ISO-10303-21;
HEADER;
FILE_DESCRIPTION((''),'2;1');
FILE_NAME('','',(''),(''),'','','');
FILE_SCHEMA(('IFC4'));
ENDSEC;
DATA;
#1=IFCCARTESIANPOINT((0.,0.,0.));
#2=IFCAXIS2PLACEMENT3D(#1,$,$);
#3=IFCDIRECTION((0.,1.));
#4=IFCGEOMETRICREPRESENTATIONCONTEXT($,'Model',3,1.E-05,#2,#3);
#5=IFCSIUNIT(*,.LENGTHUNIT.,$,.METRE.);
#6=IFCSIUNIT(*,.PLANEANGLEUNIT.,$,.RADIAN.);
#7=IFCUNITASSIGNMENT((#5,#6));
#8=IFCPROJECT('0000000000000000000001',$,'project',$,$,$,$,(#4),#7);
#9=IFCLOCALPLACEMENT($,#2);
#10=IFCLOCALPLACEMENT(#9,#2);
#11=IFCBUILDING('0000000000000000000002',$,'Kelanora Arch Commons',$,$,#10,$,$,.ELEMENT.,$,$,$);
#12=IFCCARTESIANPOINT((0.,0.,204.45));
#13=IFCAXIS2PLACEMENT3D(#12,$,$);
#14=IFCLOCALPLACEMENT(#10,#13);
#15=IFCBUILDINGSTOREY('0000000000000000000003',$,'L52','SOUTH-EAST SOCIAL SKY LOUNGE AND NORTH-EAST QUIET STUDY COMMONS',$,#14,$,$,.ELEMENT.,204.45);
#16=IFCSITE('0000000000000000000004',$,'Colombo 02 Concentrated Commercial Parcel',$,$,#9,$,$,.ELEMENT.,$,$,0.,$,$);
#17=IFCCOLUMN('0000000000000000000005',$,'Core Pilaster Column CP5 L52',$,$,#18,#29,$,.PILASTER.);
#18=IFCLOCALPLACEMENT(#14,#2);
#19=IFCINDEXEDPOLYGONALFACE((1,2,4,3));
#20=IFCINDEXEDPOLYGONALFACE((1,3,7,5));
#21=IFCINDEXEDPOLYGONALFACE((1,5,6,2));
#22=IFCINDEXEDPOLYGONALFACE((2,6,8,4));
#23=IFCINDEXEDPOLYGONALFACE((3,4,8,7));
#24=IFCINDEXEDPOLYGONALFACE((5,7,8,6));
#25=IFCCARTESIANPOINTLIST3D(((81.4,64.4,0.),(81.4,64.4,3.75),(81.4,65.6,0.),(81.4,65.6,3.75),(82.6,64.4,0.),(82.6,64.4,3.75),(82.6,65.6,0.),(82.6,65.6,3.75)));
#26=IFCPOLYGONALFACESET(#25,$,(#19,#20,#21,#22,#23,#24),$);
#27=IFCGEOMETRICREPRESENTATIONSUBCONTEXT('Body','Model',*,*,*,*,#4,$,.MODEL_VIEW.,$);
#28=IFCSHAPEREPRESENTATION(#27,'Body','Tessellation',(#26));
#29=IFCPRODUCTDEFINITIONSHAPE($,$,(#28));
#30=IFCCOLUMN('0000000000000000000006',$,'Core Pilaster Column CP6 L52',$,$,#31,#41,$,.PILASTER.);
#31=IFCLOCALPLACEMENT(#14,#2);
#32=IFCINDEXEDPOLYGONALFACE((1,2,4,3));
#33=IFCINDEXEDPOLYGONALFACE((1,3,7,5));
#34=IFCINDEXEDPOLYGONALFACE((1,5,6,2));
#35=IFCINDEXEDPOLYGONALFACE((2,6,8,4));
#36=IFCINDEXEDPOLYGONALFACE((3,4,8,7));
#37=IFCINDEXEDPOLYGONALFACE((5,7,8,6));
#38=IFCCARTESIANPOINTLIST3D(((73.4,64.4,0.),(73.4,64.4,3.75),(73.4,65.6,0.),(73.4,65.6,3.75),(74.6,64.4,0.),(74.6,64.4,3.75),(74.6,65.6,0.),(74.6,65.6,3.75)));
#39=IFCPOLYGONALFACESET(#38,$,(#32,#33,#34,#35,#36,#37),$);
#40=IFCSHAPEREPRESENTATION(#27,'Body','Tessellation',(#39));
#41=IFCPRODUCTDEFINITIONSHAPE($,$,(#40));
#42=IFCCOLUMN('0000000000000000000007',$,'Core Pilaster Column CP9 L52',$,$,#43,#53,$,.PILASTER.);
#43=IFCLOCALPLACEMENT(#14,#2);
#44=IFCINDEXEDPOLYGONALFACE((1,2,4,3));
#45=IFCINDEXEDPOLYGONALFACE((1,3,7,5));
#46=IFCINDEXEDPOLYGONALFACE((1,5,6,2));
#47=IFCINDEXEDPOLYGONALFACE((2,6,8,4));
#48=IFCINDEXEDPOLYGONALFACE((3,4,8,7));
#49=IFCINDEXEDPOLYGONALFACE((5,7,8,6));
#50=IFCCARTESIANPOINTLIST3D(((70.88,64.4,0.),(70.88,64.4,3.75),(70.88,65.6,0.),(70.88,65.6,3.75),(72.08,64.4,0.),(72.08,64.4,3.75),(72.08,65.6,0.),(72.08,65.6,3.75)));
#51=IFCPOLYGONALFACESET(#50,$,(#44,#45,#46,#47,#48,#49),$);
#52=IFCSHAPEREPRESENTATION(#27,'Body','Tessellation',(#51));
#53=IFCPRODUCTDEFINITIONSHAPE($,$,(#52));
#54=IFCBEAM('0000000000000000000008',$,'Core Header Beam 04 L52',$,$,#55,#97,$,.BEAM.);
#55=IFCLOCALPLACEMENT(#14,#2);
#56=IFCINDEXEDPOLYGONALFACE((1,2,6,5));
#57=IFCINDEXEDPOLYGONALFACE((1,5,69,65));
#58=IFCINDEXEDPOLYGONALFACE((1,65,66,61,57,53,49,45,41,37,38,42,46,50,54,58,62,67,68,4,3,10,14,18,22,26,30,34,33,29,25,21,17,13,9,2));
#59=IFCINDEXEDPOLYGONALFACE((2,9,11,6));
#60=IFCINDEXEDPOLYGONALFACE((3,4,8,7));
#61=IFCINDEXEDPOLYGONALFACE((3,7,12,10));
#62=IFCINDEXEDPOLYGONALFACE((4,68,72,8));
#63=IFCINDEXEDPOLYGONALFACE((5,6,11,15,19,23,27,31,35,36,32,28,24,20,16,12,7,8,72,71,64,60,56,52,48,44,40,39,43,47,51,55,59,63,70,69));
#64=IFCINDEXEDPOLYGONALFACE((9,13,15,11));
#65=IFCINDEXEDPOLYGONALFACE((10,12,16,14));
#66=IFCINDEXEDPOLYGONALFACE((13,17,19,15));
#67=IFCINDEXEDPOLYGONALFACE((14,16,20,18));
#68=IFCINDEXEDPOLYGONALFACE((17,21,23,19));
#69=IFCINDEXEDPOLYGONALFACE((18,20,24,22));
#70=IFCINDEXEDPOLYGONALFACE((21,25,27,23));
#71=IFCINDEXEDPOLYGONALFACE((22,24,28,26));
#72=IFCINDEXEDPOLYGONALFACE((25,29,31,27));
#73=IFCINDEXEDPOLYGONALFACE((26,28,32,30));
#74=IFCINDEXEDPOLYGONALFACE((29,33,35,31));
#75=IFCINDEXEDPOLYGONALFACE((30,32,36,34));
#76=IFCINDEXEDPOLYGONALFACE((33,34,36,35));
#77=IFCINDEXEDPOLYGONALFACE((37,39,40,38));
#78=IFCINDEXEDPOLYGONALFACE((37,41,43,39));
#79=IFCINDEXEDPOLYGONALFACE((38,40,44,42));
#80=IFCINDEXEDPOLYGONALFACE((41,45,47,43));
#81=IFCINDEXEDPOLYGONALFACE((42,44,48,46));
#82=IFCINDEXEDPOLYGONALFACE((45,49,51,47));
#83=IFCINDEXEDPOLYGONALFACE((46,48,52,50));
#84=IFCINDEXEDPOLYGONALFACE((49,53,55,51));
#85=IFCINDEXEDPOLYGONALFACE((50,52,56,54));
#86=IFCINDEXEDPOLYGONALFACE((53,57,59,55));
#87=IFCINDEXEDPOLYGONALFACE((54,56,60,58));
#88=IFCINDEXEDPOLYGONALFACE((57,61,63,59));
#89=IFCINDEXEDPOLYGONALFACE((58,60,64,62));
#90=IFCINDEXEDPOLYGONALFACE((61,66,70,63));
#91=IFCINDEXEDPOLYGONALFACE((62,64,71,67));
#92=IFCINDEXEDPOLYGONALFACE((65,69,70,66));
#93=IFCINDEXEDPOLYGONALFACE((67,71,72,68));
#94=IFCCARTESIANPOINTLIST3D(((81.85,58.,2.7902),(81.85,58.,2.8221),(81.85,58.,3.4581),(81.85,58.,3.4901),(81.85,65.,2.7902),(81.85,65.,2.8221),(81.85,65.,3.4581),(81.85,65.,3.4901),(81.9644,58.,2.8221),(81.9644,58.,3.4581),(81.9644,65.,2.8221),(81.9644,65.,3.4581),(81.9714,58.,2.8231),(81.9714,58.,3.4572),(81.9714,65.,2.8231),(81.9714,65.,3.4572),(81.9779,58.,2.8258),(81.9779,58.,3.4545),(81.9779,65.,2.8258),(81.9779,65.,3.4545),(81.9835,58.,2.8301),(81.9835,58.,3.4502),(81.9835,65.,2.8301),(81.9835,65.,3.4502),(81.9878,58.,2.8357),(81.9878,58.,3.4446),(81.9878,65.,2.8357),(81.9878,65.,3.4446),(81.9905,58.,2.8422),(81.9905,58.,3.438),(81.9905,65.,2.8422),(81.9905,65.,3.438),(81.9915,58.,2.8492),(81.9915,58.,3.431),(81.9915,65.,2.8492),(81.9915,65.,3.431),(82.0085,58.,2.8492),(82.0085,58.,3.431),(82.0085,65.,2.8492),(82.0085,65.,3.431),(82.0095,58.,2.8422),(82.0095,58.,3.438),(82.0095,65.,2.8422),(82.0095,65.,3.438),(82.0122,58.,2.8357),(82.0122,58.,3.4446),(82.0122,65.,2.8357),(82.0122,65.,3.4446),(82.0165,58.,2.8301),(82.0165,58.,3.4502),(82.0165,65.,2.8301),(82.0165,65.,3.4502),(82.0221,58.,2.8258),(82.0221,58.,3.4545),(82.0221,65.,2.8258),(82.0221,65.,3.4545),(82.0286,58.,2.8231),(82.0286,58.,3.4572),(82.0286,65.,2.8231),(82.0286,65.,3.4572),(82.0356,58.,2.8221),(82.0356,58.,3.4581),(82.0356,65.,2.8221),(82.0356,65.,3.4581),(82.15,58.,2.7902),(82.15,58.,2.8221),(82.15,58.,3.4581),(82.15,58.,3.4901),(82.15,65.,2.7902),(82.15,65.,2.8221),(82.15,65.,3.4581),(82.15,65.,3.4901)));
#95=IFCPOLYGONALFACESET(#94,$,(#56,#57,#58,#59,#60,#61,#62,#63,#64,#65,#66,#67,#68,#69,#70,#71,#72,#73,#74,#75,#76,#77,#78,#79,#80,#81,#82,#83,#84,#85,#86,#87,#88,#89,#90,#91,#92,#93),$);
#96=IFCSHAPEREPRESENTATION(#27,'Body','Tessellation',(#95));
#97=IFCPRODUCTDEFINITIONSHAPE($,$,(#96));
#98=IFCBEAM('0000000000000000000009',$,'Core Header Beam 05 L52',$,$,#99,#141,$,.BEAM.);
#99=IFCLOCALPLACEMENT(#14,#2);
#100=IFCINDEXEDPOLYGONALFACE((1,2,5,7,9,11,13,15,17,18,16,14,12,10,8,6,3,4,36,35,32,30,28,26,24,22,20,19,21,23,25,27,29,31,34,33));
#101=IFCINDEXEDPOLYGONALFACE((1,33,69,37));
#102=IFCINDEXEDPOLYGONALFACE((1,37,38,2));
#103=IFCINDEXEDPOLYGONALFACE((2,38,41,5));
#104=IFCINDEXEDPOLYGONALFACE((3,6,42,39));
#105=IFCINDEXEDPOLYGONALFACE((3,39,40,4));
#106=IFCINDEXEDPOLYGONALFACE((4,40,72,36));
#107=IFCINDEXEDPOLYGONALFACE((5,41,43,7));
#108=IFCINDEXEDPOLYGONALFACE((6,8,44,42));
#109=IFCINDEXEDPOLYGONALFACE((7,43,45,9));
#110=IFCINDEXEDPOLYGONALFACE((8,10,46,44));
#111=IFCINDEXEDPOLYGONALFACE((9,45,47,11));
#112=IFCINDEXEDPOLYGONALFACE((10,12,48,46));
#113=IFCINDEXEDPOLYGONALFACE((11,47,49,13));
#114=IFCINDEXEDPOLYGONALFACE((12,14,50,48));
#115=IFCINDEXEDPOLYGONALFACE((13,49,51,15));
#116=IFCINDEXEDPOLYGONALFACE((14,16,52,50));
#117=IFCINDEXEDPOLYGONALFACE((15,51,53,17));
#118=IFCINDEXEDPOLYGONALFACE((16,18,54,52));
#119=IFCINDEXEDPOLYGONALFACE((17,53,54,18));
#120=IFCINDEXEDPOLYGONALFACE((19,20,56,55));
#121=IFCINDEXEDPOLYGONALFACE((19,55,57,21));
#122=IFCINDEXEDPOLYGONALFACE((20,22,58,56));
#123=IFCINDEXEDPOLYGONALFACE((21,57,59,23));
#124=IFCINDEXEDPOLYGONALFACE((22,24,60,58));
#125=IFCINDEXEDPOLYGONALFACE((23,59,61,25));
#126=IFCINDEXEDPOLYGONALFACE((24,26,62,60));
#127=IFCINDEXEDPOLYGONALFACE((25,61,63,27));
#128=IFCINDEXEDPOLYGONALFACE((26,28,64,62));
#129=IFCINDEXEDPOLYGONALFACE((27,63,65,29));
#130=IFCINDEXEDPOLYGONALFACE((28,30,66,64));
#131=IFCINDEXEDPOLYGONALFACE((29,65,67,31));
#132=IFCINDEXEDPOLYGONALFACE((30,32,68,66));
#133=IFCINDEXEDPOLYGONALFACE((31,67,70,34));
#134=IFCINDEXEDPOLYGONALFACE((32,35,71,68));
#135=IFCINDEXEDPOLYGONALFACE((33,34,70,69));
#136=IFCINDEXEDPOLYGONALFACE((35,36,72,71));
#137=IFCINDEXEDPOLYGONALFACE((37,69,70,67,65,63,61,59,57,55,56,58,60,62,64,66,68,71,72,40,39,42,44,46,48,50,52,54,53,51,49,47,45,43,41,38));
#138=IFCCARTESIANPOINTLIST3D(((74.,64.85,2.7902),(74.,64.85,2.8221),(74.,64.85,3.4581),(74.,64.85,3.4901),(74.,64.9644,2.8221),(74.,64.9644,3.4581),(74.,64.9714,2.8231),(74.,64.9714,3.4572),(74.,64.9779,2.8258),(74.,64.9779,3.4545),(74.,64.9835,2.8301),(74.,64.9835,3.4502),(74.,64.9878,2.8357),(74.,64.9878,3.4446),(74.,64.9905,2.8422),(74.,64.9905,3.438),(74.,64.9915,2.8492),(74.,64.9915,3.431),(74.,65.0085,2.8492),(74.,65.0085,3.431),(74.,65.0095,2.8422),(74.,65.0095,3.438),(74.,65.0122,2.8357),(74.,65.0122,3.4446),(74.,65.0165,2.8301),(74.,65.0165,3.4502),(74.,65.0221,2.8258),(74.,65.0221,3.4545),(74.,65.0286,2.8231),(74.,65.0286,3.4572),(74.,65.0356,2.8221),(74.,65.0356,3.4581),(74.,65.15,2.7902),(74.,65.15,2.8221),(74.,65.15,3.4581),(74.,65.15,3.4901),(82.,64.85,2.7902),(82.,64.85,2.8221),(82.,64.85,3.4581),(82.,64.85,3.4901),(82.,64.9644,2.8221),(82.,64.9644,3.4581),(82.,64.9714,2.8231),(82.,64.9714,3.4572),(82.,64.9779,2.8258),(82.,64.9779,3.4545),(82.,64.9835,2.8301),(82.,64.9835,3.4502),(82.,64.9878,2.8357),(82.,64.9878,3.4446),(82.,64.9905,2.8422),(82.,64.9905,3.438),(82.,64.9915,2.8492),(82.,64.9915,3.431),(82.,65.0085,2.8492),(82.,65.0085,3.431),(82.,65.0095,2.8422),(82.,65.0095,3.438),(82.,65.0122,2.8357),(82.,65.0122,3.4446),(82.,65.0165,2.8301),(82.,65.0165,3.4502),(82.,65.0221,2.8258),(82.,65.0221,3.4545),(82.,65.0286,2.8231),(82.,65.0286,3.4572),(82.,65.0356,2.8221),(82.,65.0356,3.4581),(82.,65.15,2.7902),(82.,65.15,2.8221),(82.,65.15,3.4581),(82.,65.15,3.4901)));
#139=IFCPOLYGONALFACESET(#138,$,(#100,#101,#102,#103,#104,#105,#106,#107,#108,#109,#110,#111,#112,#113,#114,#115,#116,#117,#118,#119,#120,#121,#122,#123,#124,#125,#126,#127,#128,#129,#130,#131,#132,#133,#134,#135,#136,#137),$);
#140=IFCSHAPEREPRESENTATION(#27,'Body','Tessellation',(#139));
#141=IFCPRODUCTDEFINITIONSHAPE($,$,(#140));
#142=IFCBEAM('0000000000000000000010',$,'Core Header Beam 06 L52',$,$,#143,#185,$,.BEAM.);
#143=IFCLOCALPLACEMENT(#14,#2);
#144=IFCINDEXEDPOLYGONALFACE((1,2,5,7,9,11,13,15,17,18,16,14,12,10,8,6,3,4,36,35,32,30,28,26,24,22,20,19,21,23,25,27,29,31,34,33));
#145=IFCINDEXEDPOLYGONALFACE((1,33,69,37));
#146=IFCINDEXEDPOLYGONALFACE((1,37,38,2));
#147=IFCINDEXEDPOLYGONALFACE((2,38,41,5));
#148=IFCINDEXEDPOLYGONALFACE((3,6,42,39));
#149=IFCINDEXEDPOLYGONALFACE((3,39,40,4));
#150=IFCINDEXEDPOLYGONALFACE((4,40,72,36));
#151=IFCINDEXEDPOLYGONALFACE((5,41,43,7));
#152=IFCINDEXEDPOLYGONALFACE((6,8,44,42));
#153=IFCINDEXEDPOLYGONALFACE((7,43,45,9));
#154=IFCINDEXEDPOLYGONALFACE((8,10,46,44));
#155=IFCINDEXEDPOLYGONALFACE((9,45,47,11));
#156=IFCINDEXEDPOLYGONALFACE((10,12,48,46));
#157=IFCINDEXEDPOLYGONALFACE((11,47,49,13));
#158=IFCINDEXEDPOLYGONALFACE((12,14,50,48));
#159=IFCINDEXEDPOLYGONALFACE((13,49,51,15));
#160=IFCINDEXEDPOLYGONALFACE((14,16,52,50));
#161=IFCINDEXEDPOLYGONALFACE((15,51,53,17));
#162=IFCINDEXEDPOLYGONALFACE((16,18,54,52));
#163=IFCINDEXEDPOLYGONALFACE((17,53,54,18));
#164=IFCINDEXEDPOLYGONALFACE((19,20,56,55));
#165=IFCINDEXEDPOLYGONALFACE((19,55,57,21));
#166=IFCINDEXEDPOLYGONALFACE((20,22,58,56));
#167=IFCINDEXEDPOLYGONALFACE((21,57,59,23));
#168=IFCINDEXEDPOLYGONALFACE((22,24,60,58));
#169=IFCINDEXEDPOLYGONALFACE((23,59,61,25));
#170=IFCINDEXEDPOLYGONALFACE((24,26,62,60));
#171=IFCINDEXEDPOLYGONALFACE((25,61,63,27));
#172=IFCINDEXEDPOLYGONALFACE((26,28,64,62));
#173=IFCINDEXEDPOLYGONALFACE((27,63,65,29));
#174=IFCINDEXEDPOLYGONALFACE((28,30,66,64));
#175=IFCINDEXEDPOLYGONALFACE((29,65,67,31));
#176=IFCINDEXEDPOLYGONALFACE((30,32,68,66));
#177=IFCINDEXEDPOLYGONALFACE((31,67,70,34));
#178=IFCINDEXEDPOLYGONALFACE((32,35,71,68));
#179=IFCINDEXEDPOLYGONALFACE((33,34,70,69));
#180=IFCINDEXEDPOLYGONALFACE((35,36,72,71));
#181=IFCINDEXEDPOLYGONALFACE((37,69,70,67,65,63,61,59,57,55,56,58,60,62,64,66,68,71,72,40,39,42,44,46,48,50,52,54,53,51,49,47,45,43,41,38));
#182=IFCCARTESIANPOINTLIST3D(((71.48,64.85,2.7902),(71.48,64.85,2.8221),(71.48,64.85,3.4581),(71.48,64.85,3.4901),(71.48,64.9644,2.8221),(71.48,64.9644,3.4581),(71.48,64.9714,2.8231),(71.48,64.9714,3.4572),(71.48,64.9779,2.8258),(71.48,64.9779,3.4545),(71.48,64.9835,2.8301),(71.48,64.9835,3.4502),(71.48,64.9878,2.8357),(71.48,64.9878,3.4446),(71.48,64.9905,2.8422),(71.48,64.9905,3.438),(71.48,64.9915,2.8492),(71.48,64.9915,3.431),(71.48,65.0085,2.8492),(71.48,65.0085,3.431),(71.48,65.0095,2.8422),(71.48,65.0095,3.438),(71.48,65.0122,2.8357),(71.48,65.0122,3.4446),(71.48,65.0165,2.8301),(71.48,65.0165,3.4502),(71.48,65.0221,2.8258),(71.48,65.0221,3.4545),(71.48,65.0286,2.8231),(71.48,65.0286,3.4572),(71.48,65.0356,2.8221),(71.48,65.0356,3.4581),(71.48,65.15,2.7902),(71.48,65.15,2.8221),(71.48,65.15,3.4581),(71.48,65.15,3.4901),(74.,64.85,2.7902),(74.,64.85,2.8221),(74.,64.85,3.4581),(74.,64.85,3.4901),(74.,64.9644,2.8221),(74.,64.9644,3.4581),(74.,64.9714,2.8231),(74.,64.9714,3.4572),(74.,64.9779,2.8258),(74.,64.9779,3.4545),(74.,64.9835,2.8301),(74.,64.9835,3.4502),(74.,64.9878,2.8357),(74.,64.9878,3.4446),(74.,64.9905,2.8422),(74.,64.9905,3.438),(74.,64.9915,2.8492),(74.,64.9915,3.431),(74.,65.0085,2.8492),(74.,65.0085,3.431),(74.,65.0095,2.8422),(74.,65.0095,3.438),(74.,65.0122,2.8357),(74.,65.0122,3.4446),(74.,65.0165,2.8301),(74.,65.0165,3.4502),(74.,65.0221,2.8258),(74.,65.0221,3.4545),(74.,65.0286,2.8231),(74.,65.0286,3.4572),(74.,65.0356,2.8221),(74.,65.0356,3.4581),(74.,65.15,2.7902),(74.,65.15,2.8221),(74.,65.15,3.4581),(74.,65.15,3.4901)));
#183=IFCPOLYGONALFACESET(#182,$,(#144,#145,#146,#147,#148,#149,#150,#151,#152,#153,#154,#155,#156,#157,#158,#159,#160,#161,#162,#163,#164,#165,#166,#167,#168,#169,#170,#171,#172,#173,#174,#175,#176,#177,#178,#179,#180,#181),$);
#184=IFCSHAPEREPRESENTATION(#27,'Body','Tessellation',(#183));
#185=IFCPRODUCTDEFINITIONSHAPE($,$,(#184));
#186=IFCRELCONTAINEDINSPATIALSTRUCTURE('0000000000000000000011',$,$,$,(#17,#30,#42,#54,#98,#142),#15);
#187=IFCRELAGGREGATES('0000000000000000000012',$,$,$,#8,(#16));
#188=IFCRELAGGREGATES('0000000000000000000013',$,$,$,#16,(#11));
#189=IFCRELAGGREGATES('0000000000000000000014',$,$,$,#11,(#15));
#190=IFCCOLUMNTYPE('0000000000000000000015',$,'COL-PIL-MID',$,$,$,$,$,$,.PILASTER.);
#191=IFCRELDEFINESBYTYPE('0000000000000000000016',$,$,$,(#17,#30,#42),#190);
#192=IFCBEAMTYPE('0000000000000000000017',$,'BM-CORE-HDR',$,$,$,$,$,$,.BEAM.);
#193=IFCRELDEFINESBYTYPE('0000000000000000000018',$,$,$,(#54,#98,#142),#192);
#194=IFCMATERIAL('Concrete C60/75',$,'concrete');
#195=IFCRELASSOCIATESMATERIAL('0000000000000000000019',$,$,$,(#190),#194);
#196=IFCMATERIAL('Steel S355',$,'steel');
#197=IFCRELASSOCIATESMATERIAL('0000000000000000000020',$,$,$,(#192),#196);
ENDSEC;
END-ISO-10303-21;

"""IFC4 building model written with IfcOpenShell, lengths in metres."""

from ifc_helpers import new_model, si_unit, direction, frame, origin, origin_2d, place, context, subcontext, project, spatial, rectangle, i_section, extrude, material, material_profile, profile_set, type_object, element, save


model = new_model("IFC4")

# Units and contexts
model_context = context("Model", 3, precision=1e-05, world=origin(), true_north=direction((0.0, 1.0)))
body_context = subcontext(model_context, "Body", "Model", "MODEL_VIEW")
ifc_project = project(units=[si_unit("LENGTHUNIT", "METRE"), si_unit("PLANEANGLEUNIT", "RADIAN")], contexts=[model_context])

# Site, building, storey
site_placement = place(None, origin())
site = spatial("IfcSite", under=ifc_project, at=site_placement, Name="Colombo 02 Concentrated Commercial Parcel", CompositionType="ELEMENT", RefElevation=0.0)
building_placement = place(site_placement, origin())
building = spatial("IfcBuilding", under=site, at=building_placement, Name="Kelanora Arch Commons", CompositionType="ELEMENT")
storey_placement = place(building_placement, frame((0.0, 0.0, 204.45)))
storey = spatial("IfcBuildingStorey", under=building, at=storey_placement, Name="L52", Description="SOUTH-EAST SOCIAL SKY LOUNGE AND NORTH-EAST QUIET STUDY COMMONS", CompositionType="ELEMENT", Elevation=204.45)

# Columns
ifc_material_1 = material(Name="Concrete C60/75", Category="concrete")
ifc_material_profile_1 = material_profile(ifc_material_1, rectangle(XDim=1.2, YDim=1.2, at=origin_2d()), Name="RC1200x1200")
ifc_profile_set_1 = profile_set([ifc_material_profile_1], Name="Concrete C60/75")
column_type = type_object("IfcColumnType", Name="COL-PIL-MID", PredefinedType="PILASTER", material=ifc_profile_set_1)
for number, where, z_axis, x_axis, name in (
    (1, (82.0, 65.0, 0.0), (0.0, 0.0, 1.0), (1.0, 0.0, 0.0), "Core Pilaster Column CP5 L52"),
    (2, (74.0, 65.0, 0.0), (0.0, 0.0, 1.0), (1.0, 0.0, 0.0), "Core Pilaster Column CP6 L52"),
    (3, (71.48, 65.0, 0.0), (0.0, 0.0, 1.0), (1.0, 0.0, 0.0), "Core Pilaster Column CP9 L52"),
):
    element("IfcColumn", number, at=place(storey_placement, frame(where, z_axis=z_axis, x_axis=x_axis)), inside=storey, type_object=column_type, Name=name, PredefinedType="PILASTER", context=body_context, shape_type="SweptSolid", body=[
        extrude(rectangle(XDim=1.2, YDim=1.2, at=origin_2d()), origin(), (0.0, 0.0, 1.0), 3.75),
    ])

# Beams
ifc_material_2 = material(Name="Steel S355", Category="steel")
ifc_material_profile_2 = material_profile(ifc_material_2, i_section(OverallWidth=0.3, OverallDepth=0.7, WebThickness=0.0171, FlangeThickness=0.032, FilletRadius=0.0271, at=origin_2d()), Name="HEB700")
ifc_profile_set_2 = profile_set([ifc_material_profile_2], Name="Steel S355")
beam_type_1 = type_object("IfcBeamType", Name="BM-CORE-HDR", PredefinedType="BEAM", material=ifc_profile_set_2)
beam_1_placement = place(storey_placement, frame((82.0, 58.0, 3.1401), z_axis=(0.0, 1.0, 0.0), x_axis=(-1.0, 0.0, 0.0)))
element("IfcBeam", 4, at=beam_1_placement, inside=storey, type_object=beam_type_1, Name="Core Header Beam 04 L52", PredefinedType="BEAM", context=body_context, shape_type="SweptSolid", body=[
    extrude(i_section(OverallWidth=0.3, OverallDepth=0.7, WebThickness=0.0171, FlangeThickness=0.032, FilletRadius=0.0271, at=origin_2d()), origin(), (0.0, 0.0, 1.0), 7.0),
])
beam_2_placement = place(storey_placement, frame((82.0, 65.0, 3.1401), z_axis=(-1.0, 0.0, 0.0), x_axis=(0.0, -1.0, 0.0)))
element("IfcBeam", 5, at=beam_2_placement, inside=storey, type_object=beam_type_1, Name="Core Header Beam 05 L52", PredefinedType="BEAM", context=body_context, shape_type="SweptSolid", body=[
    extrude(i_section(OverallWidth=0.3, OverallDepth=0.7, WebThickness=0.0171, FlangeThickness=0.032, FilletRadius=0.0271, at=origin_2d()), origin(), (0.0, 0.0, 1.0), 8.0),
])
beam_3_placement = place(storey_placement, frame((74.0, 65.0, 3.1401), z_axis=(-1.0, 0.0, 0.0), x_axis=(0.0, -1.0, 0.0)))
element("IfcBeam", 6, at=beam_3_placement, inside=storey, type_object=beam_type_1, Name="Core Header Beam 06 L52", PredefinedType="BEAM", context=body_context, shape_type="SweptSolid", body=[
    extrude(i_section(OverallWidth=0.3, OverallDepth=0.7, WebThickness=0.0171, FlangeThickness=0.032, FilletRadius=0.0271, at=origin_2d()), origin(), (0.0, 0.0, 1.0), 2.52),
])

save(model, "model.ifc")
